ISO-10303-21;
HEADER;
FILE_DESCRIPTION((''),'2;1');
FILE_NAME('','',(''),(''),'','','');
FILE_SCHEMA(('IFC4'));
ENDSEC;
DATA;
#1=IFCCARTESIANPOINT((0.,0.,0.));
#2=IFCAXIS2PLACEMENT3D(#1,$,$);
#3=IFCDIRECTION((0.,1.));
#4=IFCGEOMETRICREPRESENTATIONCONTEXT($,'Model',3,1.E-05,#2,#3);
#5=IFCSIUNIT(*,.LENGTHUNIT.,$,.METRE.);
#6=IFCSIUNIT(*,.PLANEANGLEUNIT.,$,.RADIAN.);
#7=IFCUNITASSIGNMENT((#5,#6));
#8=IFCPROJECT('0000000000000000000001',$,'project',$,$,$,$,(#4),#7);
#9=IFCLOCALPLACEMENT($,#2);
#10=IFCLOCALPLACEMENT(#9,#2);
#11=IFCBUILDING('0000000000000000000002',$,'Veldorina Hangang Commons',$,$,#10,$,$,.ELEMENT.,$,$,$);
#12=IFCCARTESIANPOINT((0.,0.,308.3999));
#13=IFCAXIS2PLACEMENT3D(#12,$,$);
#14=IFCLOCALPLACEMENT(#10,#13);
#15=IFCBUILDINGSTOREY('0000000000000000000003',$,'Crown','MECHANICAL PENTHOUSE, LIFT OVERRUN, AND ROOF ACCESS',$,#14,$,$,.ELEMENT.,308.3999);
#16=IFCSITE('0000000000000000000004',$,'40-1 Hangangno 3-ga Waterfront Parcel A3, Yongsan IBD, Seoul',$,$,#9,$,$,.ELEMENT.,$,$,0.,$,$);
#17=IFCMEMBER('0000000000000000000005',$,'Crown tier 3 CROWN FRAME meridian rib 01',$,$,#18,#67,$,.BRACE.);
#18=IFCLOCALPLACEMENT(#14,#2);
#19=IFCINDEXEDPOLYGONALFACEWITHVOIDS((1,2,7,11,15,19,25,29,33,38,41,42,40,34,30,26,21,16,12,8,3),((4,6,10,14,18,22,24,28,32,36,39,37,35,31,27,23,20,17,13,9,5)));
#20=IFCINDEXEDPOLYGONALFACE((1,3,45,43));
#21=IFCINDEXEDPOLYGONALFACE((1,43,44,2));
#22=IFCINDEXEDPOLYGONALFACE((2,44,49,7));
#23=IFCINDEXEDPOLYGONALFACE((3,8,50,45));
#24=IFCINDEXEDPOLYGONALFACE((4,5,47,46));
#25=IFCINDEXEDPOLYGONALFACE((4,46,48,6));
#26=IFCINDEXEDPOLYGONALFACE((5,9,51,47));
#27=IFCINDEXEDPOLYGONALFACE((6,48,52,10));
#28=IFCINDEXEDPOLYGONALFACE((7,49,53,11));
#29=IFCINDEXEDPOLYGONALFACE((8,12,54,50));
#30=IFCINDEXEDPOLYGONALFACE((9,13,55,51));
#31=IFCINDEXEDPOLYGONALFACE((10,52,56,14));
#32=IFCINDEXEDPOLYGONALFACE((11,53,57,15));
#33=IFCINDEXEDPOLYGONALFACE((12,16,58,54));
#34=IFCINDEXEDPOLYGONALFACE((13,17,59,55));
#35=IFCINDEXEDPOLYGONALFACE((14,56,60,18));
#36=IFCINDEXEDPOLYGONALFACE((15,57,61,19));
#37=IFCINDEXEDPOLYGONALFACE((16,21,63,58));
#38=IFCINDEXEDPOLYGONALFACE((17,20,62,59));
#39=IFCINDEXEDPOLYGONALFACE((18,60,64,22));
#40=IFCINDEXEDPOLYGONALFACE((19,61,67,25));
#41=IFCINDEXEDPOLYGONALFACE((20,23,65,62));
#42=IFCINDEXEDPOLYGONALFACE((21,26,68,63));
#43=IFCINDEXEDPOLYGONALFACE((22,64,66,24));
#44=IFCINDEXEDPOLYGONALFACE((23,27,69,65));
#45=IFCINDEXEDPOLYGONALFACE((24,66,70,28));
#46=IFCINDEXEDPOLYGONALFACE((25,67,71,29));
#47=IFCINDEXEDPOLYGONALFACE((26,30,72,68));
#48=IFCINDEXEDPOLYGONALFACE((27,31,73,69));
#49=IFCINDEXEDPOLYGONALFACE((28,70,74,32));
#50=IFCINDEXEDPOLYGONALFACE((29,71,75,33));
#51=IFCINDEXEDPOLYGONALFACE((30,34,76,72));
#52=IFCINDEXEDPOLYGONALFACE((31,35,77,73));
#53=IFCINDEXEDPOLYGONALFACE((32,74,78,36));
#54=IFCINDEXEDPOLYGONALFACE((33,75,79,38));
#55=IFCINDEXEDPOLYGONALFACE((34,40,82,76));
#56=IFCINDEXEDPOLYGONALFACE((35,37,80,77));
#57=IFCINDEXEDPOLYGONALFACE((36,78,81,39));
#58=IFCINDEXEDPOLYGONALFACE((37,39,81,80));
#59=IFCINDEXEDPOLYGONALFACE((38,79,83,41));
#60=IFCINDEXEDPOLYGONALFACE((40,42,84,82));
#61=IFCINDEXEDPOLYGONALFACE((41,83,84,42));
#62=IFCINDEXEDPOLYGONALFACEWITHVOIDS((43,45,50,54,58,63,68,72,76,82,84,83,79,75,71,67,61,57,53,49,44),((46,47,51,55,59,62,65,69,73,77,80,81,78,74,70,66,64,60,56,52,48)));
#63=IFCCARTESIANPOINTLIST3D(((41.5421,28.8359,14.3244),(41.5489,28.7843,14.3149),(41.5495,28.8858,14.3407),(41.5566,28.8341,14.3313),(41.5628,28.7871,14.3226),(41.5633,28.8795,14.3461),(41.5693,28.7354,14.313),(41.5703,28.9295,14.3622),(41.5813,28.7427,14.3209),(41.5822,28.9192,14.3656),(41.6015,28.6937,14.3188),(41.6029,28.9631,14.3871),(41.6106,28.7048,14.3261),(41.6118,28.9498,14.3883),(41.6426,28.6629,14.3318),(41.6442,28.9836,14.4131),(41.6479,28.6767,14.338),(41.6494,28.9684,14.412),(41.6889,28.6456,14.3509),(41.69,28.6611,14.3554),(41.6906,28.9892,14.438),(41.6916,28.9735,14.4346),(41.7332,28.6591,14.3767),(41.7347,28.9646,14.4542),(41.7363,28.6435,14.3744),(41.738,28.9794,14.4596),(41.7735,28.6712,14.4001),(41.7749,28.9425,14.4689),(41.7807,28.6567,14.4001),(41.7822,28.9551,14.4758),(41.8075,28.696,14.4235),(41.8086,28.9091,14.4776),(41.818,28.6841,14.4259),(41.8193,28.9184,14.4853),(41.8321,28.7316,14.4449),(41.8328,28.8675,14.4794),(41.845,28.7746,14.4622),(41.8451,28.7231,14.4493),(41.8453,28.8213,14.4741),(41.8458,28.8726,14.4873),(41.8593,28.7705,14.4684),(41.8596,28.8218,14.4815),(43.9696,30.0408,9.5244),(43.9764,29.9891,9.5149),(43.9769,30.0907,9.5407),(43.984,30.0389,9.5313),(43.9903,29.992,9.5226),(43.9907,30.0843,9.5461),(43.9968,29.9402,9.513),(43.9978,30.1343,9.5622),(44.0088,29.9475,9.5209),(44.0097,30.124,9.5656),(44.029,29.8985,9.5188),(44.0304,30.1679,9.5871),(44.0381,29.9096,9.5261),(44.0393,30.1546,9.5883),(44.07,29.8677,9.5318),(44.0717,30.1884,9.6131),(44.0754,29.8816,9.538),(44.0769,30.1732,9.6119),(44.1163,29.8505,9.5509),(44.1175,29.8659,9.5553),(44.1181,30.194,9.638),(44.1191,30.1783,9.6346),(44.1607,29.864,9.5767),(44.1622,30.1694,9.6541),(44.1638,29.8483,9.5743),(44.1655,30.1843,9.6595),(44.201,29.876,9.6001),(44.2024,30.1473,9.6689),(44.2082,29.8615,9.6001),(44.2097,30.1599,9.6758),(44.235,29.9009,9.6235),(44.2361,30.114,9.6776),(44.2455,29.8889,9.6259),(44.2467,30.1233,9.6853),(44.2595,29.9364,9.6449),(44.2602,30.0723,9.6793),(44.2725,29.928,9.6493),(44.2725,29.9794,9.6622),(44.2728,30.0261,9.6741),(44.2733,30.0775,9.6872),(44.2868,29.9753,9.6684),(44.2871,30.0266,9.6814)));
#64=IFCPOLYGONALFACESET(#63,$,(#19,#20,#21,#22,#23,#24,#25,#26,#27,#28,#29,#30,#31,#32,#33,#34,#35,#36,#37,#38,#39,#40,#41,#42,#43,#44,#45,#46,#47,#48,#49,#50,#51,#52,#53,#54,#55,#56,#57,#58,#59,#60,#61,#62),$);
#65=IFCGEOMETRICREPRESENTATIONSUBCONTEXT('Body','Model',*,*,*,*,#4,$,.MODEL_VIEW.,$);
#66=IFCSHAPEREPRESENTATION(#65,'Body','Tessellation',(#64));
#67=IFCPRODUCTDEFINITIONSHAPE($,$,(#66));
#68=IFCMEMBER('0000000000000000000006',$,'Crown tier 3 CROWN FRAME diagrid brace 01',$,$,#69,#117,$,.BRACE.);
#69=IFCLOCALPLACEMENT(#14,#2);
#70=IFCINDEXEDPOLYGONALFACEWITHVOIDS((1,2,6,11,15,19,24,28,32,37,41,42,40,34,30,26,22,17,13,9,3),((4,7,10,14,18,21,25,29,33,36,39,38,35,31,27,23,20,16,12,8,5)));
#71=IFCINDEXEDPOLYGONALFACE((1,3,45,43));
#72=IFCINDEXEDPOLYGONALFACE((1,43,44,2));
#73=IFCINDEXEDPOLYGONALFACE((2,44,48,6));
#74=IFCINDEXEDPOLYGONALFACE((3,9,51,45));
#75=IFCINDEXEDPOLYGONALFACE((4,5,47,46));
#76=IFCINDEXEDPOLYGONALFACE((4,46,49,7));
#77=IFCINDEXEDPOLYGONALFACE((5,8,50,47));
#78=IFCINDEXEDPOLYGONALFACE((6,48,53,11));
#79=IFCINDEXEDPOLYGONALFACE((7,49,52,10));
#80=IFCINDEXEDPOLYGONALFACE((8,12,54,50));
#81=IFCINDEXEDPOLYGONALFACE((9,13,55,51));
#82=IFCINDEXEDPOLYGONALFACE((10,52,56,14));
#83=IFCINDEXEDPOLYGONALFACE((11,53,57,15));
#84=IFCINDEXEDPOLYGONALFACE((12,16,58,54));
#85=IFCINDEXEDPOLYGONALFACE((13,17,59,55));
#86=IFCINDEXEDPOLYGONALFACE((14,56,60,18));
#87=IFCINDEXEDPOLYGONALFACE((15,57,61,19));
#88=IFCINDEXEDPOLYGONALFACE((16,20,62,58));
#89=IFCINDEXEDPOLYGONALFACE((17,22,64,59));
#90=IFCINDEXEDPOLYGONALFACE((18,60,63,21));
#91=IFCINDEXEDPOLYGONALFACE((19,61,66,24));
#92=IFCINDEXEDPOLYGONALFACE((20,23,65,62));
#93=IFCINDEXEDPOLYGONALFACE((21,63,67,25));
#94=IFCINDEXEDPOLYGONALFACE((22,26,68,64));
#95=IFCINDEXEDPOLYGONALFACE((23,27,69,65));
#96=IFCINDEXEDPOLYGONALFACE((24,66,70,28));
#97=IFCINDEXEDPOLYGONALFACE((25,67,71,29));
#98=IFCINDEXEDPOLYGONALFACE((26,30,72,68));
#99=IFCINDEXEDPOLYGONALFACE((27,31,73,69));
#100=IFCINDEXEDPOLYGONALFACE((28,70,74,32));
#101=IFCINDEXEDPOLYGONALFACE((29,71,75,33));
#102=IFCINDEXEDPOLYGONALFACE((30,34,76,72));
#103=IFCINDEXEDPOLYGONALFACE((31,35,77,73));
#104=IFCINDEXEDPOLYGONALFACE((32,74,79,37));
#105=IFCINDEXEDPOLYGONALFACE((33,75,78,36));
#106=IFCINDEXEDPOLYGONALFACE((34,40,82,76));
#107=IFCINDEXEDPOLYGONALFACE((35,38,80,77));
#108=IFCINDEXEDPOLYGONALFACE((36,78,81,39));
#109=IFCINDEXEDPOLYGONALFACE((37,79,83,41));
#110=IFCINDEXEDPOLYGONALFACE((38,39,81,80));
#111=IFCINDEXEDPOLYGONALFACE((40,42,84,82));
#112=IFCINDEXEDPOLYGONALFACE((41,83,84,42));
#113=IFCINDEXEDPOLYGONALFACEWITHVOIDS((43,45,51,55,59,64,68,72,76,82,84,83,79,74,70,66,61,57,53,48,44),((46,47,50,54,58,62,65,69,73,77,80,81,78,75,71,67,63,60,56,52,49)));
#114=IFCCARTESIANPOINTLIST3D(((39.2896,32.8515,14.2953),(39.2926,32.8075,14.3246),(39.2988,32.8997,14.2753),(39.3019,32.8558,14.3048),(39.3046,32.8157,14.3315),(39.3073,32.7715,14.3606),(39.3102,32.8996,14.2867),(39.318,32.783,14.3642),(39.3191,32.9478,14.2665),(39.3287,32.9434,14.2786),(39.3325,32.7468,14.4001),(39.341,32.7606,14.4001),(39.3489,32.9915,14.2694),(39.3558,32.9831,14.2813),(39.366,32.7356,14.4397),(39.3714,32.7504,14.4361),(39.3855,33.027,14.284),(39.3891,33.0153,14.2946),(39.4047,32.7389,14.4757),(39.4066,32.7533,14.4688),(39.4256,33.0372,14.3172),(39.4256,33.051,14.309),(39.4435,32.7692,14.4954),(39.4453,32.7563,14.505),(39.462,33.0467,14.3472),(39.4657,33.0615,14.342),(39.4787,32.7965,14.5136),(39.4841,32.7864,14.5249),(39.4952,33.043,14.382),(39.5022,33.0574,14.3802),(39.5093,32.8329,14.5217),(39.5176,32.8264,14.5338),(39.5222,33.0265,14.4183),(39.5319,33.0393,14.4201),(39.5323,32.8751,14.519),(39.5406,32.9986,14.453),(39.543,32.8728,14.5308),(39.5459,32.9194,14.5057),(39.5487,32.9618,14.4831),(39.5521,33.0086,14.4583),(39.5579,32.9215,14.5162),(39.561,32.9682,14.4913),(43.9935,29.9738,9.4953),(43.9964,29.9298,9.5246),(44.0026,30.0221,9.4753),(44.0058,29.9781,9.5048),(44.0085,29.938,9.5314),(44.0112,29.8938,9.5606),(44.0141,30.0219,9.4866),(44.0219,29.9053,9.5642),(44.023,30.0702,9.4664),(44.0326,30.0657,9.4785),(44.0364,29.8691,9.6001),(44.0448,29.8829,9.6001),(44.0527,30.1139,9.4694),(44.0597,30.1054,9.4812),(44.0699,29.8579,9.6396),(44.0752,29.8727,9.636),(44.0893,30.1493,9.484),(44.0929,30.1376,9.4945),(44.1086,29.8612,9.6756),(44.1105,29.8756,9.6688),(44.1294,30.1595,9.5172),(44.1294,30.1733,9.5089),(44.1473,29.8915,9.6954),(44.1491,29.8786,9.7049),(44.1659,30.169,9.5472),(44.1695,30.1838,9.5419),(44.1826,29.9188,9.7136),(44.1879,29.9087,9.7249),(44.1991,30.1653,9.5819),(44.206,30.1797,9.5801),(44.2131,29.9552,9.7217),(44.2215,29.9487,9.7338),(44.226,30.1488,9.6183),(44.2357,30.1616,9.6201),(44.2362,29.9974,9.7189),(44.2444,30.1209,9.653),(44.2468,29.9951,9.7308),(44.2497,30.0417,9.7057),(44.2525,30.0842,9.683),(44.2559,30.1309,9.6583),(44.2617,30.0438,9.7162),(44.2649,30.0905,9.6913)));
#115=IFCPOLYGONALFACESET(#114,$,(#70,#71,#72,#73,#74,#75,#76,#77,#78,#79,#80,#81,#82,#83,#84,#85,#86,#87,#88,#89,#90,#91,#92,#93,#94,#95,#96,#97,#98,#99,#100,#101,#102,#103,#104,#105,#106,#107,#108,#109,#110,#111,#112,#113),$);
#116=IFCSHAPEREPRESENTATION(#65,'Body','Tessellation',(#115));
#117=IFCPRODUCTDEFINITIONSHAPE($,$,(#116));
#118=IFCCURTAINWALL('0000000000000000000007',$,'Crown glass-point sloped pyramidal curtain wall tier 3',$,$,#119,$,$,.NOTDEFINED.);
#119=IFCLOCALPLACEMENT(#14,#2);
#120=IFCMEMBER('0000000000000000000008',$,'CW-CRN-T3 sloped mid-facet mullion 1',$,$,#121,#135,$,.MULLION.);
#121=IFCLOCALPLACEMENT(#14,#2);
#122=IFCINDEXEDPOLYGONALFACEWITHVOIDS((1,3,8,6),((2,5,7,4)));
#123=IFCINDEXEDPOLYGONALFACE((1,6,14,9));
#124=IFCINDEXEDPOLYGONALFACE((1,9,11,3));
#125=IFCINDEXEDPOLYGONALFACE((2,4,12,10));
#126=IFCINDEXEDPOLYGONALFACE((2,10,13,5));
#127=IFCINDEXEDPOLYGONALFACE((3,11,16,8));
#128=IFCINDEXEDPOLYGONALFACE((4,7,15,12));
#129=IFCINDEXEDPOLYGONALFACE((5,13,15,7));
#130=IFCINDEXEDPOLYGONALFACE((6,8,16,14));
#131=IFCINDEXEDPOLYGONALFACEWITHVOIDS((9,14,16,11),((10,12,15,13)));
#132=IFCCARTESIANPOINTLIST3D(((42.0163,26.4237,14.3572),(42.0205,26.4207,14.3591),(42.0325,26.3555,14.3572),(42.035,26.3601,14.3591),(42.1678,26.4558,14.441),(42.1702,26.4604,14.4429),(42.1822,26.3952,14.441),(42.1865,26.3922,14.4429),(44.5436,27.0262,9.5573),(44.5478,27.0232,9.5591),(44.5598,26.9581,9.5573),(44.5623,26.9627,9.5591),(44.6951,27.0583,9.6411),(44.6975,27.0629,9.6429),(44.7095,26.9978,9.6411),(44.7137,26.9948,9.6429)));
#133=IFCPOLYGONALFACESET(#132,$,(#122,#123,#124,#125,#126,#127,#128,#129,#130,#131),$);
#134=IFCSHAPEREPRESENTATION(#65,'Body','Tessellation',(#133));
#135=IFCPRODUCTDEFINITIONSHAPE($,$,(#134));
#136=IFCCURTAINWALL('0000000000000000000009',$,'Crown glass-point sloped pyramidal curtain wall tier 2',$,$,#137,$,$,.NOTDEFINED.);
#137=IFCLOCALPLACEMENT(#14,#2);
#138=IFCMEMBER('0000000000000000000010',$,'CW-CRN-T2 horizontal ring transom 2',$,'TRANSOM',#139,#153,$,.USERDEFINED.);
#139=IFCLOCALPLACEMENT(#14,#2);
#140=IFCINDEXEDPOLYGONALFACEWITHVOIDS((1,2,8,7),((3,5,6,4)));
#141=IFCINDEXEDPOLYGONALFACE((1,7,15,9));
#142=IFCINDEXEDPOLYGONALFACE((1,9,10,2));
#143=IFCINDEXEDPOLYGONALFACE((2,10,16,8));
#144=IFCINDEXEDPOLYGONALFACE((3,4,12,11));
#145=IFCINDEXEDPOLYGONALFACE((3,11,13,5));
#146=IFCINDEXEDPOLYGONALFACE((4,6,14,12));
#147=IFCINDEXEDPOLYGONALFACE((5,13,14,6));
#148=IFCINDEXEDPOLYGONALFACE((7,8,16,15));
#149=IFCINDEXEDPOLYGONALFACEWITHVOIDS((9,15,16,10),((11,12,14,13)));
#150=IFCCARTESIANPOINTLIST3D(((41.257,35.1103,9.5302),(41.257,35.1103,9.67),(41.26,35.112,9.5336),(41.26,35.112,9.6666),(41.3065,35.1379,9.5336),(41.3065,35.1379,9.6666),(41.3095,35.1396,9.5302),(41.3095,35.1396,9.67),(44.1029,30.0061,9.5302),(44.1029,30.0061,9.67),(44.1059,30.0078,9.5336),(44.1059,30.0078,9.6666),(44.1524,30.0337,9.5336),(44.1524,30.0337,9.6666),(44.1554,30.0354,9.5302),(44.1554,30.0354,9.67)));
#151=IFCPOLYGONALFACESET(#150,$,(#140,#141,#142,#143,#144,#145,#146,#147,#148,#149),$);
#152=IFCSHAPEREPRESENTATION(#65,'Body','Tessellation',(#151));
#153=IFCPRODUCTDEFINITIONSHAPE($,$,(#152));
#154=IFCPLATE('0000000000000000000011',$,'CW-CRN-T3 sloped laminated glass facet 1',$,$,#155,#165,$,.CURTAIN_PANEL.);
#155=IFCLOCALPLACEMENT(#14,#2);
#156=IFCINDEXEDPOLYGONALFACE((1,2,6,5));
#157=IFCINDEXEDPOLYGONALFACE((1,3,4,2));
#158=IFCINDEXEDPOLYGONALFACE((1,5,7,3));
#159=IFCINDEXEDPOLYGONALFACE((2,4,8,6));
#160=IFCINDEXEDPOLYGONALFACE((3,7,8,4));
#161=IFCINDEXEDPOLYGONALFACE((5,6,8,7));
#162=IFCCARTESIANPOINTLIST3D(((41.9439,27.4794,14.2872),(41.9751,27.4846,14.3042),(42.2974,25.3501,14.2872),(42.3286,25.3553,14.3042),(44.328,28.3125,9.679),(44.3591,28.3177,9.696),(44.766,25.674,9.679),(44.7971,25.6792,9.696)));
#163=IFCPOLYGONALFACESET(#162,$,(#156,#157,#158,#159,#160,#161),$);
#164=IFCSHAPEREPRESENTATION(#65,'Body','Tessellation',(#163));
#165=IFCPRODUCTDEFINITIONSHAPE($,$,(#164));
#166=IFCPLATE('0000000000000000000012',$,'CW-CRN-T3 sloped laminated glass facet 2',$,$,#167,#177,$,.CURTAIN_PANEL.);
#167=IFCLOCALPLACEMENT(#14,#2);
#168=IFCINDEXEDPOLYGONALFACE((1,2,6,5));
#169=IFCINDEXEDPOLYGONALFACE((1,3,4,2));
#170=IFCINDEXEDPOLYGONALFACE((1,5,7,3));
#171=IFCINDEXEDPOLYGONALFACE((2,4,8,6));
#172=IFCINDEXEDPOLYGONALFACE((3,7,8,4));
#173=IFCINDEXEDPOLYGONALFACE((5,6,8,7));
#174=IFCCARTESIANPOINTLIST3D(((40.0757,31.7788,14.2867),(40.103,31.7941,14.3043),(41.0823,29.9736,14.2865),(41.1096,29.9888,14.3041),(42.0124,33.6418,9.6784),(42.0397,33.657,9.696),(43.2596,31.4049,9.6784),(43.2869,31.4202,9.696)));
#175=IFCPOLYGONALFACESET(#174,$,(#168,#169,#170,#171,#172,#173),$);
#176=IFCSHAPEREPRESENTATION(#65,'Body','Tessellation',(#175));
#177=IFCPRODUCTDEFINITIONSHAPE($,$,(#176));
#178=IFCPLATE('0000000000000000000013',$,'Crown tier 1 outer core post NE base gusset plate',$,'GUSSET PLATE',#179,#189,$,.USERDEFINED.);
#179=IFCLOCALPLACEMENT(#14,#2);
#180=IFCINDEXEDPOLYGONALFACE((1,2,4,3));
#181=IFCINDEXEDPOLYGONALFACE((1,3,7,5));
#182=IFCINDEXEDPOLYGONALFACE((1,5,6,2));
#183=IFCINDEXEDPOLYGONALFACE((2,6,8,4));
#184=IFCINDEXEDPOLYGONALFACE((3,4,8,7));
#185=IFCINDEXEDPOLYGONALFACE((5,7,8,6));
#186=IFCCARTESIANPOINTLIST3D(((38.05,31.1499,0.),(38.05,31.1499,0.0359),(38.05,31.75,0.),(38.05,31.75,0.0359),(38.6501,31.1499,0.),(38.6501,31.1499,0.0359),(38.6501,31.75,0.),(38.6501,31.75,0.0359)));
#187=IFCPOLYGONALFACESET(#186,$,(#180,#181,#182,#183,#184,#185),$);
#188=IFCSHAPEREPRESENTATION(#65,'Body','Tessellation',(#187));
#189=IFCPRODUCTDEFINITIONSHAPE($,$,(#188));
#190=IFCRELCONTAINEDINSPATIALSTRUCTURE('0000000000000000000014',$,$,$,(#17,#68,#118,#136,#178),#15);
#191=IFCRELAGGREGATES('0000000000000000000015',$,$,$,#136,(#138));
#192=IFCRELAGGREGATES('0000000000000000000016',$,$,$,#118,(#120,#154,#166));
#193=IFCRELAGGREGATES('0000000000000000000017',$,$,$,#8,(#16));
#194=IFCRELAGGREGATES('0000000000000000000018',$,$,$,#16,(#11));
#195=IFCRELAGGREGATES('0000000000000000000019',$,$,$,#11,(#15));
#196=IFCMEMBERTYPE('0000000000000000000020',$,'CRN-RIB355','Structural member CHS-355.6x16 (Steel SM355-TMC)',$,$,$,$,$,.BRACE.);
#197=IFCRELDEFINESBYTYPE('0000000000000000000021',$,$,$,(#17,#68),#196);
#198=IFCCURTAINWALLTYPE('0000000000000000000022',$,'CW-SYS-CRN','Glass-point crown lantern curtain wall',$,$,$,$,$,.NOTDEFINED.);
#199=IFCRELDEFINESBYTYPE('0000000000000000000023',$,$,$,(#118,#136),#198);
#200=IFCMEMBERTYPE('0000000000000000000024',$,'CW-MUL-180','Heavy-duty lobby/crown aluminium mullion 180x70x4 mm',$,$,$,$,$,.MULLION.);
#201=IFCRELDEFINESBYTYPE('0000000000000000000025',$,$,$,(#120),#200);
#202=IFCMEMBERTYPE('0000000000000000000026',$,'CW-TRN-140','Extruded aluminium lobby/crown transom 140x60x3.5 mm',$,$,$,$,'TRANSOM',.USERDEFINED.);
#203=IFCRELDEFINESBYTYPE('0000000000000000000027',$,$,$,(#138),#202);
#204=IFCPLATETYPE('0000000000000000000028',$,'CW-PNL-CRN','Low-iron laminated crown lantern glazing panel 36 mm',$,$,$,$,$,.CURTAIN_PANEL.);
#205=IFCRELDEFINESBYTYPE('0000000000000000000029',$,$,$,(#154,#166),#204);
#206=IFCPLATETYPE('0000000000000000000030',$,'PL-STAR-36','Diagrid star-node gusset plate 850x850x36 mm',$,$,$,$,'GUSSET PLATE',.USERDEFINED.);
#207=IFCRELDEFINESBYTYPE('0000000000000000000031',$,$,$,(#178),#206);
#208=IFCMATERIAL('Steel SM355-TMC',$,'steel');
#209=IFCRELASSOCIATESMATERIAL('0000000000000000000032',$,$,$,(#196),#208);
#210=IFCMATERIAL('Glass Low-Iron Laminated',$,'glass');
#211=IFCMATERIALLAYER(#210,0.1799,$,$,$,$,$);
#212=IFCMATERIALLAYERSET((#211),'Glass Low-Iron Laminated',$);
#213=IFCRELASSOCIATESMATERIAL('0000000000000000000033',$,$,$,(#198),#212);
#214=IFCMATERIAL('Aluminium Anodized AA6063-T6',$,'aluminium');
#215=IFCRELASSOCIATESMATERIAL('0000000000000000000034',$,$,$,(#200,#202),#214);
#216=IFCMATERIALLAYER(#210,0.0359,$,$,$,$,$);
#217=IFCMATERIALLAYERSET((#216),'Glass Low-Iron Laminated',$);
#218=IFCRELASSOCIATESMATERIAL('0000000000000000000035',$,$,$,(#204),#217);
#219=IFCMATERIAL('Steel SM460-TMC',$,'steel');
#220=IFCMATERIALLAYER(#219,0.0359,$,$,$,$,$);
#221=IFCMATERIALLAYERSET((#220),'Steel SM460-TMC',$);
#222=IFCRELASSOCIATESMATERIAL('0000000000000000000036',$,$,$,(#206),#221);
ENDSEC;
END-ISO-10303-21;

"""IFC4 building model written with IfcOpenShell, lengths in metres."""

from ifc_helpers import new_model, si_unit, direction, frame, origin, origin_2d, place, context, subcontext, project, spatial, polyline, rectangle, hollow_rectangle, hollow_circle, outline, extrude, material, layer, layer_set, material_profile, profile_set, type_object, element, aggregate, save


model = new_model("IFC4")

# Units and contexts
model_context = context("Model", 3, precision=1e-05, world=origin(), true_north=direction((0.0, 1.0)))
body_context = subcontext(model_context, "Body", "Model", "MODEL_VIEW")
ifc_project = project(units=[si_unit("LENGTHUNIT", "METRE"), si_unit("PLANEANGLEUNIT", "RADIAN")], contexts=[model_context])

# Site, building, storey
site_placement = place(None, origin())
site = spatial("IfcSite", under=ifc_project, at=site_placement, Name="40-1 Hangangno 3-ga Waterfront Parcel A3, Yongsan IBD, Seoul", CompositionType="ELEMENT", RefElevation=0.0)
building_placement = place(site_placement, origin())
building = spatial("IfcBuilding", under=site, at=building_placement, Name="Veldorina Hangang Commons", CompositionType="ELEMENT")
storey_placement = place(building_placement, frame((0.0, 0.0, 308.3999)))
storey = spatial("IfcBuildingStorey", under=building, at=storey_placement, Name="Crown", Description="MECHANICAL PENTHOUSE, LIFT OVERRUN, AND ROOF ACCESS", CompositionType="ELEMENT", Elevation=308.3999)

# Shared definitions
ifc_material_1 = material(Name="Steel SM460-TMC", Category="steel")

# Members
ifc_material_2 = material(Name="Steel SM355-TMC", Category="steel")
ifc_material_profile_1 = material_profile(ifc_material_2, hollow_circle(Radius=0.1777, WallThickness=0.0161, at=origin_2d()), Name="CHS-355.6x16")
ifc_profile_set_1 = profile_set([ifc_material_profile_1], Name="Steel SM355-TMC")
member_type_1 = type_object("IfcMemberType", Name="CRN-RIB355", Description="Structural member CHS-355.6x16 (Steel SM355-TMC)", PredefinedType="BRACE", material=ifc_profile_set_1)
member_1_placement = place(storey_placement, frame((44.1292, 30.0208, 9.6001), z_axis=(-0.440382, -0.218574, 0.870798), x_axis=(0.444581, -0.895739, 0.0)))
element("IfcMember", 1, at=member_1_placement, inside=storey, type_object=member_type_1, Name="Crown tier 3 CROWN FRAME meridian rib 01", PredefinedType="BRACE", context=body_context, shape_type="SweptSolid", body=[
    extrude(hollow_circle(Radius=0.1777, WallThickness=0.0161, at=origin_2d()), origin(), (0.0, 0.0, 1.0), 5.5122),
])
member_2_placement = place(storey_placement, frame((44.1292, 30.0208, 9.6001), z_axis=(-0.643412, 0.393621, 0.656569), x_axis=(-0.52186, -0.853031, 0.0)))
element("IfcMember", 2, at=member_2_placement, inside=storey, type_object=member_type_1, Name="Crown tier 3 CROWN FRAME diagrid brace 01", PredefinedType="BRACE", context=body_context, shape_type="SweptSolid", body=[
    extrude(hollow_circle(Radius=0.1777, WallThickness=0.0161, at=origin_2d()), origin(), (0.0, 0.0, 1.0), 7.3108),
])

# Curtain walls, members
ifc_material_3 = material(Name="Glass Low-Iron Laminated", Category="glass")
ifc_layer_1 = layer(ifc_material_3, 0.1799)
ifc_layer_set_1 = layer_set([ifc_layer_1], Name="Glass Low-Iron Laminated")
curtain_wall_type = type_object("IfcCurtainWallType", Name="CW-SYS-CRN", Description="Glass-point crown lantern curtain wall", PredefinedType="NOTDEFINED", material=ifc_layer_set_1)
curtain_wall_1_placement = place(storey_placement, origin())
curtain_wall_1 = element("IfcCurtainWall", 3, at=curtain_wall_1_placement, inside=storey, type_object=curtain_wall_type, Name="Crown glass-point sloped pyramidal curtain wall tier 3", PredefinedType="NOTDEFINED")
ifc_material_4 = material(Name="Aluminium Anodized AA6063-T6", Category="aluminium")
ifc_material_profile_2 = material_profile(ifc_material_4, hollow_rectangle(XDim=0.0701, YDim=0.1799, WallThickness=0.0039, at=origin_2d()), Name="ALU-RHS-180x70x4")
ifc_profile_set_2 = profile_set([ifc_material_profile_2], Name="Aluminium Anodized AA6063-T6")
member_type_2 = type_object("IfcMemberType", Name="CW-MUL-180", Description="Heavy-duty lobby/crown aluminium mullion 180x70x4 mm", PredefinedType="MULLION", material=ifc_profile_set_2)
member_3_placement = place(storey_placement, frame((44.6287, 27.0105, 9.6001), z_axis=(-0.463044, -0.110393, 0.879434), x_axis=(0.231908, -0.972738, 0.0)))
member_3 = element("IfcMember", 4, at=member_3_placement, type_object=member_type_2, Name="CW-CRN-T3 sloped mid-facet mullion 1", PredefinedType="MULLION", context=body_context, shape_type="SweptSolid", body=[
    extrude(hollow_rectangle(XDim=0.0701, YDim=0.1799, WallThickness=0.0039, at=origin_2d()), origin(), (0.0, 0.0, 1.0), 5.458),
])
curtain_wall_2_placement = place(storey_placement, origin())
curtain_wall_2 = element("IfcCurtainWall", 5, at=curtain_wall_2_placement, inside=storey, type_object=curtain_wall_type, Name="Crown glass-point sloped pyramidal curtain wall tier 2", PredefinedType="NOTDEFINED")
ifc_material_profile_3 = material_profile(ifc_material_4, hollow_rectangle(XDim=0.0601, YDim=0.1399, WallThickness=0.0034, at=origin_2d()), Name="ALU-RHS-140x60x3.5")
ifc_profile_set_3 = profile_set([ifc_material_profile_3], Name="Aluminium Anodized AA6063-T6")
member_type_3 = type_object("IfcMemberType", Name="CW-TRN-140", Description="Extruded aluminium lobby/crown transom 140x60x3.5 mm", ElementType="TRANSOM", PredefinedType="USERDEFINED", material=ifc_profile_set_3)
member_4_placement = place(storey_placement, frame((44.1292, 30.0208, 9.6001), z_axis=(-0.486983, 0.873411, 0.0), x_axis=(-0.873411, -0.486983, 0.0)))
member_4 = element("IfcMember", 6, at=member_4_placement, type_object=member_type_3, Name="CW-CRN-T2 horizontal ring transom 2", ObjectType="TRANSOM", PredefinedType="USERDEFINED", context=body_context, shape_type="SweptSolid", body=[
    extrude(hollow_rectangle(XDim=0.0601, YDim=0.1399, WallThickness=0.0034, at=origin_2d()), origin(), (0.0, 0.0, 1.0), 5.844),
])
aggregate(curtain_wall_2, [member_4])

# Plates
ifc_layer_2 = layer(ifc_material_3, 0.0359)
ifc_layer_set_2 = layer_set([ifc_layer_2], Name="Glass Low-Iron Laminated")
plate_type_1 = type_object("IfcPlateType", Name="CW-PNL-CRN", Description="Low-iron laminated crown lantern glazing panel 36 mm", PredefinedType="CURTAIN_PANEL", material=ifc_layer_set_2)
plate_1_placement = place(storey_placement, frame((44.7971, 25.6792, 9.696), z_axis=(0.868038, 0.144103, 0.475126), x_axis=(-0.163767, 0.986499, -0.000002)))
plate_1 = element("IfcPlate", 7, at=plate_1_placement, type_object=plate_type_1, Name="CW-CRN-T3 sloped laminated glass facet 1", PredefinedType="CURTAIN_PANEL", context=body_context, shape_type="SweptSolid", body=[
    extrude(outline(polyline([(0.0, 0.0), (2.6746, 0.0), (2.2432, 5.2371), (0.0847, 5.2371), (0.0, 0.0)])), origin(), (0.0, 0.0, -1.0), 0.0359),
])
plate_2_placement = place(storey_placement, frame((43.2869, 31.4202, 9.696), z_axis=(0.760788, 0.424161, 0.491212), x_axis=(-0.486958, 0.873425, -0.000003)))
plate_2 = element("IfcPlate", 8, at=plate_2_placement, type_object=plate_type_1, Name="CW-CRN-T3 sloped laminated glass facet 2", PredefinedType="CURTAIN_PANEL", context=body_context, shape_type="SweptSolid", body=[
    extrude(outline(polyline([(0.0, 0.0), (2.561, 0.0), (1.877, 5.2905), (-0.1899, 5.2903), (0.0, 0.0)])), origin(), (0.0, 0.0, -1.0), 0.0359),
])
aggregate(curtain_wall_1, [member_3, plate_1, plate_2])

# Plate
ifc_layer_3 = layer(ifc_material_1, 0.0359)
ifc_layer_set_3 = layer_set([ifc_layer_3], Name="Steel SM460-TMC")
plate_type_2 = type_object("IfcPlateType", Name="PL-STAR-36", Description="Diagrid star-node gusset plate 850x850x36 mm", ElementType="GUSSET PLATE", PredefinedType="USERDEFINED", material=ifc_layer_set_3)
for number, where, z_axis, x_axis, name in (
    (9, (38.3501, 31.45, 0.0), (0.0, 0.0, 1.0), (1.0, 0.0, 0.0), "Crown tier 1 outer core post NE base gusset plate"),
):
    element("IfcPlate", number, at=place(storey_placement, frame(where, z_axis=z_axis, x_axis=x_axis)), inside=storey, type_object=plate_type_2, Name=name, ObjectType="GUSSET PLATE", PredefinedType="USERDEFINED", context=body_context, shape_type="SweptSolid", body=[
        extrude(rectangle(XDim=0.6001, YDim=0.6001, at=origin_2d()), origin(), (0.0, 0.0, 1.0), 0.0359),
    ])

save(model, "model.ifc")
